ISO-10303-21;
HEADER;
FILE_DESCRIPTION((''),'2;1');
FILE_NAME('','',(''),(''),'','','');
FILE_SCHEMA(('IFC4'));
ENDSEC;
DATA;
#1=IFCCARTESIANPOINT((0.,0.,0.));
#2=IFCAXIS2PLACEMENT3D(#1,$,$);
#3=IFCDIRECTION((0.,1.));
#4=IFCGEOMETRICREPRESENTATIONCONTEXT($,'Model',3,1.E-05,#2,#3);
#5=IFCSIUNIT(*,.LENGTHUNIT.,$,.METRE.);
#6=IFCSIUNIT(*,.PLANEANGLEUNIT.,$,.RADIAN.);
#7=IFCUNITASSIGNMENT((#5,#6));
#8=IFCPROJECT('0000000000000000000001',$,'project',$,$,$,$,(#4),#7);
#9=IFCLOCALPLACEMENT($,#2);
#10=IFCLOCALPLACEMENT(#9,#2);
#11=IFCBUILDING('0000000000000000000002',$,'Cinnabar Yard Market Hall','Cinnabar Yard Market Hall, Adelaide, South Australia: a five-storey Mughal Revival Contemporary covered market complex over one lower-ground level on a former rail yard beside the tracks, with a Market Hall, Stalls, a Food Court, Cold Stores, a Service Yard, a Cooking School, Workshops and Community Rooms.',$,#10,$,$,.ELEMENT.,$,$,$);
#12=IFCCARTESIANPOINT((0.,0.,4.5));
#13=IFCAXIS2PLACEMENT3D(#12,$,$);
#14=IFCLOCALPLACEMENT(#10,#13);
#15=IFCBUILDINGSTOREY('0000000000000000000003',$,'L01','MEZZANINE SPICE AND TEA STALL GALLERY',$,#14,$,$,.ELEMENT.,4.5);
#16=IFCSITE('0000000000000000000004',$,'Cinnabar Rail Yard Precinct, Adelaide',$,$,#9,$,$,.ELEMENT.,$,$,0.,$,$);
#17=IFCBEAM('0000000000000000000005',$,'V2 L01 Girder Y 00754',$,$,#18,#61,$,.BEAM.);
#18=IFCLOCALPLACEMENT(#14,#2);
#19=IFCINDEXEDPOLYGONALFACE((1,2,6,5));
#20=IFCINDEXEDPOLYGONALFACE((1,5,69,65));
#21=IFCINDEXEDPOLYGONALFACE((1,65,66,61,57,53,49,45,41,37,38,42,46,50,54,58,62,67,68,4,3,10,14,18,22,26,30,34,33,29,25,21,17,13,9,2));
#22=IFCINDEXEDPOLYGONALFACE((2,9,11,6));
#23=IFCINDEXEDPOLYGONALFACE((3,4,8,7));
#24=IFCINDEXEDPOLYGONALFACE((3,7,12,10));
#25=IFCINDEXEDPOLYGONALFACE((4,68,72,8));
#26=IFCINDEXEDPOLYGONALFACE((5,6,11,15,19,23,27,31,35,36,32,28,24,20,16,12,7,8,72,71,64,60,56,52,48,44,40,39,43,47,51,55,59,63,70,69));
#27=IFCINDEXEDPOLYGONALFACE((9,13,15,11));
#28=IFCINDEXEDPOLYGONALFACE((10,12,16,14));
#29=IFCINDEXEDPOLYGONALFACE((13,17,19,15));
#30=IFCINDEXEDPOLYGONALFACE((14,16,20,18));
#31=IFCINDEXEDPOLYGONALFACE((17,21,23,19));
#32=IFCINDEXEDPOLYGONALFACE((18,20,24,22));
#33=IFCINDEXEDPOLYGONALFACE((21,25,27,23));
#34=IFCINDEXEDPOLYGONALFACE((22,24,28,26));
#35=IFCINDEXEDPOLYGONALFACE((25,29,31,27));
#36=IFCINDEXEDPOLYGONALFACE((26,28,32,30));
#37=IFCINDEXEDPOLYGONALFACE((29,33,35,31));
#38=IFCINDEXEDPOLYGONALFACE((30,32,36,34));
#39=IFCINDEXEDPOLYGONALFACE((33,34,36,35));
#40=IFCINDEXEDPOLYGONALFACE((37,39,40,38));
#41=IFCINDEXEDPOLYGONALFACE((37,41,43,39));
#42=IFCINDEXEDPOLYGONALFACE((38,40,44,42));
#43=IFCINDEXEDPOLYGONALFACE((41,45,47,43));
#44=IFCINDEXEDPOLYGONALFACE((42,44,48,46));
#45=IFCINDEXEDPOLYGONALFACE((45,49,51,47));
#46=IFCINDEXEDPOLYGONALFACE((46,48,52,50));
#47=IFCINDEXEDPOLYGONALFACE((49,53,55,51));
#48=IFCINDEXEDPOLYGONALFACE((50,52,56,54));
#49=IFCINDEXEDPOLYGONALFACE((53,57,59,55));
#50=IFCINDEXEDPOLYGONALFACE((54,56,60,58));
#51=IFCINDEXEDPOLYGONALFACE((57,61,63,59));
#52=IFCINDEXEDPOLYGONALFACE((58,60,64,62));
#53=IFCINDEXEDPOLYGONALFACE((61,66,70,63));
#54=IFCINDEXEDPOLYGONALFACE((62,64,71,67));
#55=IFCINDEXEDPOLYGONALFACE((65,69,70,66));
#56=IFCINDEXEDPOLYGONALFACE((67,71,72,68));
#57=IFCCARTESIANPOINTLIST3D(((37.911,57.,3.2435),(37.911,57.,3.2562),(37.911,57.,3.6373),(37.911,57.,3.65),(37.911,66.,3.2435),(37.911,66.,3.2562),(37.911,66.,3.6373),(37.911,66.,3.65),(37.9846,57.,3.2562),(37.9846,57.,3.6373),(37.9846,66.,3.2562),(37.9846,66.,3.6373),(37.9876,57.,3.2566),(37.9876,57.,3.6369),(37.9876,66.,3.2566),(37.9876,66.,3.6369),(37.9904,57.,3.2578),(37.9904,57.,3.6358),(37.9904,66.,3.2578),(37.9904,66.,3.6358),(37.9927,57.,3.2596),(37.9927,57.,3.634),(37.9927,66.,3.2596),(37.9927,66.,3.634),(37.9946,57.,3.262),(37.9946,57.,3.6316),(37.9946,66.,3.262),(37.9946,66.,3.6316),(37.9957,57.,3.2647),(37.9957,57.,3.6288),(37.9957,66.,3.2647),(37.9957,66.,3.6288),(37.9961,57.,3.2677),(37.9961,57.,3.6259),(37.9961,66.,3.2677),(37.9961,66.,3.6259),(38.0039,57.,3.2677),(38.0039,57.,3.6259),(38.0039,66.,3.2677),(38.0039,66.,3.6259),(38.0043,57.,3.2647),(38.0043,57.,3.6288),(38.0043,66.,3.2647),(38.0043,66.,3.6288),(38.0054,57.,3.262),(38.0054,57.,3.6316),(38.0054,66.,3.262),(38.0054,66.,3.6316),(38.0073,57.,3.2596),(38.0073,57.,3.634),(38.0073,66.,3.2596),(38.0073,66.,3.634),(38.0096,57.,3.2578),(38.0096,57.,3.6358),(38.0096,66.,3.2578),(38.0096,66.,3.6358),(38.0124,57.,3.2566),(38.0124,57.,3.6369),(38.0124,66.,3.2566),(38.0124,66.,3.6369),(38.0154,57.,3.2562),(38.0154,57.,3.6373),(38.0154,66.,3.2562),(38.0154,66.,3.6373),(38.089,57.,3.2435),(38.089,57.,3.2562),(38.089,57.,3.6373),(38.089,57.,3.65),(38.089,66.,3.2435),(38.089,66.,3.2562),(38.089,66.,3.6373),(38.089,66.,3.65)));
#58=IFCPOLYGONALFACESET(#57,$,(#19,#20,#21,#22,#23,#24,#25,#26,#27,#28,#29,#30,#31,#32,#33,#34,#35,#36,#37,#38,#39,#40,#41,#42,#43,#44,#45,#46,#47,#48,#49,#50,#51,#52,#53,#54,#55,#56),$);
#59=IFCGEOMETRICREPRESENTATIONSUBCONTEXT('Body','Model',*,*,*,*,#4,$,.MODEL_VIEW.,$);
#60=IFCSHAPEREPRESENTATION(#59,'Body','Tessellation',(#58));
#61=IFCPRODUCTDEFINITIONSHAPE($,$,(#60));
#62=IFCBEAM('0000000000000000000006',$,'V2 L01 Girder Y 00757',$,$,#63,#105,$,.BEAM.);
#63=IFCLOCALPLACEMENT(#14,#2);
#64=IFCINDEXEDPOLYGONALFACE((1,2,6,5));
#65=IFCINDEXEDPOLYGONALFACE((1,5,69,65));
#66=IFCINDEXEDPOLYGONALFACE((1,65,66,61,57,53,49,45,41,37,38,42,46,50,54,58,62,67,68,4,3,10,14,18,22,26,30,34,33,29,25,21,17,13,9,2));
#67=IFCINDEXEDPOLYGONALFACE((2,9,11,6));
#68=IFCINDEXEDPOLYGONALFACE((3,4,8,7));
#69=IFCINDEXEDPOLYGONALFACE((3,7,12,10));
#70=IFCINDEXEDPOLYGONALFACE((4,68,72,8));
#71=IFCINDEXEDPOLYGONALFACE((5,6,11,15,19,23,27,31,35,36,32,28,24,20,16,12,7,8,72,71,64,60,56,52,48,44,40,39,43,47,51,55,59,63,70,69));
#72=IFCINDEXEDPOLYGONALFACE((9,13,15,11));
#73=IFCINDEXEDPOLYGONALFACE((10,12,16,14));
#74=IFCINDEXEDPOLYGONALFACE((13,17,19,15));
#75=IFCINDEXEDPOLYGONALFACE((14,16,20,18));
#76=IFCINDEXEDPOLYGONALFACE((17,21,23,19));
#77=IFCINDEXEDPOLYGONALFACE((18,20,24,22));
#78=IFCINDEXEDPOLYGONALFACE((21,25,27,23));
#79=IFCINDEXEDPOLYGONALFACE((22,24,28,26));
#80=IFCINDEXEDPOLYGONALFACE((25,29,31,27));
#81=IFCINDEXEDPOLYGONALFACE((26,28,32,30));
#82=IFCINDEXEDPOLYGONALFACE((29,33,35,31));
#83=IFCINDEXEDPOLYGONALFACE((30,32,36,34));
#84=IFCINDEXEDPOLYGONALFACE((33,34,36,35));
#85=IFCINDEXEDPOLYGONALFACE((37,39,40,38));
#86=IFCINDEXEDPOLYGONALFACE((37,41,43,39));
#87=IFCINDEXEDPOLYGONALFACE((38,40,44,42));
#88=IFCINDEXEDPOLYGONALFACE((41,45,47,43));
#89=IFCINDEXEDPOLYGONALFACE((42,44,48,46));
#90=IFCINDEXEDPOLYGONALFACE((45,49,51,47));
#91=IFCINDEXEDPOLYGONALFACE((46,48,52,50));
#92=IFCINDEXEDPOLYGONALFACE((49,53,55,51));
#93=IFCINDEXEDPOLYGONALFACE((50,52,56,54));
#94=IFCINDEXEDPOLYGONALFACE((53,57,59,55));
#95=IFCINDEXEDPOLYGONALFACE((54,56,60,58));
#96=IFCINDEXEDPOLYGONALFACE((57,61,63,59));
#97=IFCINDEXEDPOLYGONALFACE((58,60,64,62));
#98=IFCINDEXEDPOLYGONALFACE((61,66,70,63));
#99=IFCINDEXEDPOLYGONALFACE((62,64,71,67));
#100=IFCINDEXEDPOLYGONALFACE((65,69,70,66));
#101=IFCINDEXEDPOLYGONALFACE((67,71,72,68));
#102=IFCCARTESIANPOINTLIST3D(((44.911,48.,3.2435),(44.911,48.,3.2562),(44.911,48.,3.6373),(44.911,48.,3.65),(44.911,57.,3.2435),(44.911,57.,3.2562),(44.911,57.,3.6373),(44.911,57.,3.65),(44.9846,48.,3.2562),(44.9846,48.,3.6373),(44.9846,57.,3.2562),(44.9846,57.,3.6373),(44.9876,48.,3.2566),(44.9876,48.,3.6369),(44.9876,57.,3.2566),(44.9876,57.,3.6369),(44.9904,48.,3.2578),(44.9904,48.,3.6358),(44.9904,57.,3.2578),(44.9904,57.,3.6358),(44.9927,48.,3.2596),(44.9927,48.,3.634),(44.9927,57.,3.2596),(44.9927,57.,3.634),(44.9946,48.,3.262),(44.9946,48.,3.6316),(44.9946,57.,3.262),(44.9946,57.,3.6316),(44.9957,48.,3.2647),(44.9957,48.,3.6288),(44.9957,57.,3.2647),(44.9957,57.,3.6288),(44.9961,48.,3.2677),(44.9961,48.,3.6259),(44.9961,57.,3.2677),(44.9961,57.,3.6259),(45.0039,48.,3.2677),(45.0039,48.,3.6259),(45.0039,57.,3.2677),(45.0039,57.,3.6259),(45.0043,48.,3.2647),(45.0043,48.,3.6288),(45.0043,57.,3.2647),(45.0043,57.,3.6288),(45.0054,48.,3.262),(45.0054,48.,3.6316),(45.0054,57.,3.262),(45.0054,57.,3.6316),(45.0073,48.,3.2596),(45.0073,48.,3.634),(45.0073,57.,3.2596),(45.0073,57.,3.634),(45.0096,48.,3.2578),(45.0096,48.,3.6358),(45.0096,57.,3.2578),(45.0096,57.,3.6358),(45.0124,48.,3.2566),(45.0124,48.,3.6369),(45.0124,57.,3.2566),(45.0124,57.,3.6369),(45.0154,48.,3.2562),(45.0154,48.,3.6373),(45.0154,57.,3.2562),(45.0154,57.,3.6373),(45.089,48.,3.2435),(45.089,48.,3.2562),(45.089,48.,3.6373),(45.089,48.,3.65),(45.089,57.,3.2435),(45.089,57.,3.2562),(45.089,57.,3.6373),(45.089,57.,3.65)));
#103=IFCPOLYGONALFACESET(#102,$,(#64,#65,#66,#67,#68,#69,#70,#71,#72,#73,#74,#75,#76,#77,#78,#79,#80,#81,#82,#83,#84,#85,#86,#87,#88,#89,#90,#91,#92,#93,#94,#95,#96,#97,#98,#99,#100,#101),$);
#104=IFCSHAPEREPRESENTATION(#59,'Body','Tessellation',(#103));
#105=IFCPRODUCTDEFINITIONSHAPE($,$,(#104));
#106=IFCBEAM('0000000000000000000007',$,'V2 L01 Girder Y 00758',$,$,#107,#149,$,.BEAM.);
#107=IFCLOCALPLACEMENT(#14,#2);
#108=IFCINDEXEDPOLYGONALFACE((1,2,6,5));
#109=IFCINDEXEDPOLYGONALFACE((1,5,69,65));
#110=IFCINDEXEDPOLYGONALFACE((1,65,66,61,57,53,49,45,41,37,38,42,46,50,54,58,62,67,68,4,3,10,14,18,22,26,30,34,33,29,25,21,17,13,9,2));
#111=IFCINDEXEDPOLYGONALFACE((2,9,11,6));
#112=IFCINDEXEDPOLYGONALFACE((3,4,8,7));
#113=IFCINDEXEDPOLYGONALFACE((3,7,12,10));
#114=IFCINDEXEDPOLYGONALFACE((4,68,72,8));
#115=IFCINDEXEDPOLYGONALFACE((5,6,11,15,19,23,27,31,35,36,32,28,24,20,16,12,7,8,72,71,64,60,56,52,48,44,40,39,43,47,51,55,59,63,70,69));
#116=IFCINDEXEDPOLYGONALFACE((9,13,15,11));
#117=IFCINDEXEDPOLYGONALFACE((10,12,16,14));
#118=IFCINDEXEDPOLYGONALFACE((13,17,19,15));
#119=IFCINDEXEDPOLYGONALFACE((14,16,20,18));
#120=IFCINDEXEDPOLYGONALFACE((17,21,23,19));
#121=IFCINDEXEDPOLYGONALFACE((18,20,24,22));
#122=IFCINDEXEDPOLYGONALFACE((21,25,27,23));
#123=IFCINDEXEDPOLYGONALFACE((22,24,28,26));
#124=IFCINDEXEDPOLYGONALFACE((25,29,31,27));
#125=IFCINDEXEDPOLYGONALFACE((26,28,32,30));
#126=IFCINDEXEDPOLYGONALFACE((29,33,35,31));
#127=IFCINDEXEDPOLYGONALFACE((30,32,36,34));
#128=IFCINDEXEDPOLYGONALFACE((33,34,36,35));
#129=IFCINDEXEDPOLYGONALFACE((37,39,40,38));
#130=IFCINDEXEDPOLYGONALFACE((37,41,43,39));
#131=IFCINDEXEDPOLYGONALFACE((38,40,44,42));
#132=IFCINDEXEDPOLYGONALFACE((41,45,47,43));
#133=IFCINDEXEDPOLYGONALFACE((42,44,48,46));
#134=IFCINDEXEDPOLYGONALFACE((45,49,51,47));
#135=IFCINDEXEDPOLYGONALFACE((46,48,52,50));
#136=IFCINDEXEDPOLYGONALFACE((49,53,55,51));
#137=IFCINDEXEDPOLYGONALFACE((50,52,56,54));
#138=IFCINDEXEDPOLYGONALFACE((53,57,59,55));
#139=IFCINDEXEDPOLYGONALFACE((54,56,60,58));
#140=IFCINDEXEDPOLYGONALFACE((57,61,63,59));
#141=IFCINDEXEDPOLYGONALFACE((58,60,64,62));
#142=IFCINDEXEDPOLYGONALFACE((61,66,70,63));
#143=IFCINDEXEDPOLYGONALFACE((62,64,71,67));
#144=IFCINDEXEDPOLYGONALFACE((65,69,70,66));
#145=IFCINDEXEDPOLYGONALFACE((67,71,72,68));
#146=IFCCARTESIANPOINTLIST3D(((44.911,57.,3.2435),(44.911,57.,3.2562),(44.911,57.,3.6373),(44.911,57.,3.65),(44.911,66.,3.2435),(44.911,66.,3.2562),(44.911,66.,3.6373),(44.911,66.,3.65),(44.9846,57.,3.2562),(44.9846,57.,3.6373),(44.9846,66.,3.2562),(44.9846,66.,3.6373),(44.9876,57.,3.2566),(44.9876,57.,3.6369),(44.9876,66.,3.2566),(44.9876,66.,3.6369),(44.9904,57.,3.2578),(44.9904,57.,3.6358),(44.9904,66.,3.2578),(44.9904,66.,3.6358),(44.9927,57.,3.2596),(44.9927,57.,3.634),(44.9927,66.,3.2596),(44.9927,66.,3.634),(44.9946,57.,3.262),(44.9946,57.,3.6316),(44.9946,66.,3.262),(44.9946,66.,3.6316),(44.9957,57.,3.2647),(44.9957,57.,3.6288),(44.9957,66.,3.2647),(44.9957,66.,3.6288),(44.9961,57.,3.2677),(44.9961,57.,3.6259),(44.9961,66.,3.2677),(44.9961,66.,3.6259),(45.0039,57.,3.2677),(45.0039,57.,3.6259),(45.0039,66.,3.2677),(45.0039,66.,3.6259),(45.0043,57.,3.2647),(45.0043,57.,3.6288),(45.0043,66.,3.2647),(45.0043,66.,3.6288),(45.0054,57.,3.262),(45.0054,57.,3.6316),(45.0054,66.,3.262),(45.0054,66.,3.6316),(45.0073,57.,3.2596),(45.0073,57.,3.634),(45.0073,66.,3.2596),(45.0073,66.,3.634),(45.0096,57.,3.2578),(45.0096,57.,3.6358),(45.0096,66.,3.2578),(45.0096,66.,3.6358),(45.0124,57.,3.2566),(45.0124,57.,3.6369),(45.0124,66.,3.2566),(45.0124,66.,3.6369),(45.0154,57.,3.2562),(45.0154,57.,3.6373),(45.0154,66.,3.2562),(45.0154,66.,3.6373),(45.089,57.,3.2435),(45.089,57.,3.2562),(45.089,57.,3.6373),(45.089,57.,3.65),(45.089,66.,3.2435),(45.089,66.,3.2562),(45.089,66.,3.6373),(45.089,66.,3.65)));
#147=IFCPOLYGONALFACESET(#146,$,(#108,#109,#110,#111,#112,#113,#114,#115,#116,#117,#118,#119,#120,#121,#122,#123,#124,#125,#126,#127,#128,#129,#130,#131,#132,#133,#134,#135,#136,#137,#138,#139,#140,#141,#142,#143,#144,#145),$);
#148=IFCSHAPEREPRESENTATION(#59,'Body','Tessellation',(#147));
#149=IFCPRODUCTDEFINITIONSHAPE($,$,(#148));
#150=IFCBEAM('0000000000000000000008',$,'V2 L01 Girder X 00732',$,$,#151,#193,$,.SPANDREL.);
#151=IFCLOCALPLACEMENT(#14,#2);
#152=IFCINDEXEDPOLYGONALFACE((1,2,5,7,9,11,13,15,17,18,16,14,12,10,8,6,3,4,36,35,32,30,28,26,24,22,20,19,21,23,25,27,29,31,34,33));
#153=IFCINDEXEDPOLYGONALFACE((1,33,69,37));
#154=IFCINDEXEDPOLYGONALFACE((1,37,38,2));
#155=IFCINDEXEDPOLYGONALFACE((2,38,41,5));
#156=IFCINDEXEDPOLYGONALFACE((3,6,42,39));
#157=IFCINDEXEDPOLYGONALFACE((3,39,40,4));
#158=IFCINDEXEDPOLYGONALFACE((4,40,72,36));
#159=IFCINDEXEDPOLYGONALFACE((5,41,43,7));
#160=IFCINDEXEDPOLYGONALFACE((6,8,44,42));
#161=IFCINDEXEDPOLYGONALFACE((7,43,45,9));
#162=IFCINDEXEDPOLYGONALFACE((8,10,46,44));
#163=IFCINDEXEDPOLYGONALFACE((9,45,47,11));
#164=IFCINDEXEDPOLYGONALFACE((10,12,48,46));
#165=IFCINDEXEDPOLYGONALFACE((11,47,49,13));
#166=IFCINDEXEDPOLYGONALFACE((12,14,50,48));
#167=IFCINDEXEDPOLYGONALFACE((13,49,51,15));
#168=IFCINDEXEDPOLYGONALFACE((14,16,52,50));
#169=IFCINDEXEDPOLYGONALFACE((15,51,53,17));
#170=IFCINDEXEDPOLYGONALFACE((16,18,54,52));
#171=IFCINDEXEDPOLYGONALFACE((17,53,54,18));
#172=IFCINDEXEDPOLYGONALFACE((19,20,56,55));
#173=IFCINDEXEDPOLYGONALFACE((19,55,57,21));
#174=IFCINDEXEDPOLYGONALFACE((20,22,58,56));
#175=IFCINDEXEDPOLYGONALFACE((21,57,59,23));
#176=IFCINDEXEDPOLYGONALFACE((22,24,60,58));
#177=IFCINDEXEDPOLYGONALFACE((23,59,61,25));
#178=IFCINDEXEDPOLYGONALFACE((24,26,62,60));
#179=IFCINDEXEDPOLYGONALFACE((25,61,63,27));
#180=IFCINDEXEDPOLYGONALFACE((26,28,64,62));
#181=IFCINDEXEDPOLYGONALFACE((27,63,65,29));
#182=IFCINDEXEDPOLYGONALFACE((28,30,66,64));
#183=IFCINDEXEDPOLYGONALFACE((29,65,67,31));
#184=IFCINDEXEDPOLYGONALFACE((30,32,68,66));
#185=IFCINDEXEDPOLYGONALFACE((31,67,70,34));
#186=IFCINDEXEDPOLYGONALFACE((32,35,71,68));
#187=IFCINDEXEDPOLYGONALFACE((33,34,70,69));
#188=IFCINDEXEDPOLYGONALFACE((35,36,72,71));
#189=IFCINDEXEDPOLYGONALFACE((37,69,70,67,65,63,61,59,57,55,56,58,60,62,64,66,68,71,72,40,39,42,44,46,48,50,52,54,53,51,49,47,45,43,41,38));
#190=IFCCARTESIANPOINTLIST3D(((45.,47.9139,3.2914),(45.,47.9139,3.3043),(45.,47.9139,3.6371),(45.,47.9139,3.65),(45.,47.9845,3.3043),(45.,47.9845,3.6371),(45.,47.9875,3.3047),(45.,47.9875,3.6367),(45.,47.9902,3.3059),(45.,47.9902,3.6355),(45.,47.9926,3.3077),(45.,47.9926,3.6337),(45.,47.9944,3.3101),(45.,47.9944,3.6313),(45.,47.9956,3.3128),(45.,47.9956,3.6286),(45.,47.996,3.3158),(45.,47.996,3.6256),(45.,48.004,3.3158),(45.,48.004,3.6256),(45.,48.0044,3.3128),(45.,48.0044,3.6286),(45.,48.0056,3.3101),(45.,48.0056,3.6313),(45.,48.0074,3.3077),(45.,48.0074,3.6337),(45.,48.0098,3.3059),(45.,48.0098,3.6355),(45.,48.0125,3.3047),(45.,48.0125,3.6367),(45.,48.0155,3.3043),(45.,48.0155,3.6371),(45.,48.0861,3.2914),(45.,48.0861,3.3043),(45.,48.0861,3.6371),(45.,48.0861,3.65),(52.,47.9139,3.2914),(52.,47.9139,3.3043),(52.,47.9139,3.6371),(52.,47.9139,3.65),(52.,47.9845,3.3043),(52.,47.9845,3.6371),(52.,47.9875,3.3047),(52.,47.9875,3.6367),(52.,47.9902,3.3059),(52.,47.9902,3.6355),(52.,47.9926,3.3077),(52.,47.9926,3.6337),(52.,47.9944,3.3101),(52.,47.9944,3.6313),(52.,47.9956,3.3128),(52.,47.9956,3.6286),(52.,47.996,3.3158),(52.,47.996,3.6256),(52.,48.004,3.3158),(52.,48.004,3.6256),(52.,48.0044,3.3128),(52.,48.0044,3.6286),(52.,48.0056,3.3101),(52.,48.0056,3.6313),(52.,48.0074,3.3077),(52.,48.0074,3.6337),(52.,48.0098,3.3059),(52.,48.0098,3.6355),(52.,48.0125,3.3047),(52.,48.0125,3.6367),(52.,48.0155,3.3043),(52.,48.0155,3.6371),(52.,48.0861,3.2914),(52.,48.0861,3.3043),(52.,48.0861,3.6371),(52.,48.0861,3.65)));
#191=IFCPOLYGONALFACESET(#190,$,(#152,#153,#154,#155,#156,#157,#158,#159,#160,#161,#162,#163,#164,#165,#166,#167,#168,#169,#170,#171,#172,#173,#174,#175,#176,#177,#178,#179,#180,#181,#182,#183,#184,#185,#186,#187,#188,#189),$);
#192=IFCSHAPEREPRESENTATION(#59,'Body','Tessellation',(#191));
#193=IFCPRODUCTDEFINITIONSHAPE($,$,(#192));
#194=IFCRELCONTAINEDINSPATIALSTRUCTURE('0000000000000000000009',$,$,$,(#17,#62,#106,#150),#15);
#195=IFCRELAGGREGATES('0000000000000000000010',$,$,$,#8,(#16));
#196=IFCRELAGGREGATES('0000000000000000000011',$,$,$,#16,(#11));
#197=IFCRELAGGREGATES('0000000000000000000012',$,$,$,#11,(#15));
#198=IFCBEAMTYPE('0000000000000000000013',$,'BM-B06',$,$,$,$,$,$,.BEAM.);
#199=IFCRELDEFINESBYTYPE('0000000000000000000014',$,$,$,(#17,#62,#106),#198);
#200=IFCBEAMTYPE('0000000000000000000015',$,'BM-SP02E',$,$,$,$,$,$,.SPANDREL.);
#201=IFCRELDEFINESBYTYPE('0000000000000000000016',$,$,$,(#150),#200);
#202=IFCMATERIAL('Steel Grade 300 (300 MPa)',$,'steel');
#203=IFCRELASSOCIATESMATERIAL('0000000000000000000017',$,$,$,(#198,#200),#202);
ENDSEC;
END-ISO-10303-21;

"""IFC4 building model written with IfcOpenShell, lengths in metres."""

from ifc_helpers import new_model, si_unit, direction, frame, origin, origin_2d_with_axis, place, context, subcontext, project, spatial, i_section, extrude, material, material_profile, profile_set, type_object, element, save


model = new_model("IFC4")

# Units and contexts
model_context = context("Model", 3, precision=1e-05, world=origin(), true_north=direction((0.0, 1.0)))
body_context = subcontext(model_context, "Body", "Model", "MODEL_VIEW")
ifc_project = project(units=[si_unit("LENGTHUNIT", "METRE"), si_unit("PLANEANGLEUNIT", "RADIAN")], contexts=[model_context])

# Site, building, storey
site_placement = place(None, origin())
site = spatial("IfcSite", under=ifc_project, at=site_placement, Name="Cinnabar Rail Yard Precinct, Adelaide", CompositionType="ELEMENT", RefElevation=0.0)
building_placement = place(site_placement, origin())
building = spatial("IfcBuilding", under=site, at=building_placement, Name="Cinnabar Yard Market Hall", Description="Cinnabar Yard Market Hall, Adelaide, South Australia: a five-storey Mughal Revival Contemporary covered market complex over one lower-ground level on a former rail yard beside the tracks, with a Market Hall, Stalls, a Food Court, Cold Stores, a Service Yard, a Cooking School, Workshops and Community Rooms.", CompositionType="ELEMENT")
storey_placement = place(building_placement, frame((0.0, 0.0, 4.5)))
storey = spatial("IfcBuildingStorey", under=building, at=storey_placement, Name="L01", Description="MEZZANINE SPICE AND TEA STALL GALLERY", CompositionType="ELEMENT", Elevation=4.5)

# Shared definitions
ifc_material_1 = material(Name="Steel Grade 300 (300 MPa)", Category="steel")

# Beams
ifc_material_profile_1 = material_profile(ifc_material_1, i_section(OverallWidth=0.178, OverallDepth=0.4065, WebThickness=0.0078, FlangeThickness=0.0127, FilletRadius=0.0115, at=origin_2d_with_axis()), Name="410UB59.7")
ifc_profile_set_1 = profile_set([ifc_material_profile_1], Name="Steel Grade 300 (300 MPa)")
beam_type_1 = type_object("IfcBeamType", Name="BM-B06", PredefinedType="BEAM", material=ifc_profile_set_1)
for number, where, z_axis, x_axis, name in (
    (1, (38.0, 57.0, 3.4468), (0.0, 1.0, 0.0), (-1.0, 0.0, 0.0), "V2 L01 Girder Y 00754"),
    (2, (45.0, 48.0, 3.4468), (0.0, 1.0, 0.0), (-1.0, 0.0, 0.0), "V2 L01 Girder Y 00757"),
    (3, (45.0, 57.0, 3.4468), (0.0, 1.0, 0.0), (-1.0, 0.0, 0.0), "V2 L01 Girder Y 00758"),
):
    element("IfcBeam", number, at=place(storey_placement, frame(where, z_axis=z_axis, x_axis=x_axis)), inside=storey, type_object=beam_type_1, Name=name, PredefinedType="BEAM", context=body_context, shape_type="SweptSolid", body=[
        extrude(i_section(OverallWidth=0.178, OverallDepth=0.4065, WebThickness=0.0078, FlangeThickness=0.0127, FilletRadius=0.0115, at=origin_2d_with_axis()), origin(), (0.0, 0.0, 1.0), 9.0),
    ])
ifc_material_profile_2 = material_profile(ifc_material_1, i_section(OverallWidth=0.1721, OverallDepth=0.3586, WebThickness=0.0081, FlangeThickness=0.0129, FilletRadius=0.0115, at=origin_2d_with_axis()), Name="360UB56.7")
ifc_profile_set_2 = profile_set([ifc_material_profile_2], Name="Steel Grade 300 (300 MPa)")
beam_type_2 = type_object("IfcBeamType", Name="BM-SP02E", PredefinedType="SPANDREL", material=ifc_profile_set_2)
beam_placement = place(storey_placement, frame((45.0, 48.0, 3.4707), z_axis=(1.0, 0.0, 0.0), x_axis=(0.0, 1.0, 0.0)))
element("IfcBeam", 4, at=beam_placement, inside=storey, type_object=beam_type_2, Name="V2 L01 Girder X 00732", PredefinedType="SPANDREL", context=body_context, shape_type="SweptSolid", body=[
    extrude(i_section(OverallWidth=0.1721, OverallDepth=0.3586, WebThickness=0.0081, FlangeThickness=0.0129, FilletRadius=0.0115, at=origin_2d_with_axis()), origin(), (0.0, 0.0, 1.0), 7.0),
])

save(model, "model.ifc")
